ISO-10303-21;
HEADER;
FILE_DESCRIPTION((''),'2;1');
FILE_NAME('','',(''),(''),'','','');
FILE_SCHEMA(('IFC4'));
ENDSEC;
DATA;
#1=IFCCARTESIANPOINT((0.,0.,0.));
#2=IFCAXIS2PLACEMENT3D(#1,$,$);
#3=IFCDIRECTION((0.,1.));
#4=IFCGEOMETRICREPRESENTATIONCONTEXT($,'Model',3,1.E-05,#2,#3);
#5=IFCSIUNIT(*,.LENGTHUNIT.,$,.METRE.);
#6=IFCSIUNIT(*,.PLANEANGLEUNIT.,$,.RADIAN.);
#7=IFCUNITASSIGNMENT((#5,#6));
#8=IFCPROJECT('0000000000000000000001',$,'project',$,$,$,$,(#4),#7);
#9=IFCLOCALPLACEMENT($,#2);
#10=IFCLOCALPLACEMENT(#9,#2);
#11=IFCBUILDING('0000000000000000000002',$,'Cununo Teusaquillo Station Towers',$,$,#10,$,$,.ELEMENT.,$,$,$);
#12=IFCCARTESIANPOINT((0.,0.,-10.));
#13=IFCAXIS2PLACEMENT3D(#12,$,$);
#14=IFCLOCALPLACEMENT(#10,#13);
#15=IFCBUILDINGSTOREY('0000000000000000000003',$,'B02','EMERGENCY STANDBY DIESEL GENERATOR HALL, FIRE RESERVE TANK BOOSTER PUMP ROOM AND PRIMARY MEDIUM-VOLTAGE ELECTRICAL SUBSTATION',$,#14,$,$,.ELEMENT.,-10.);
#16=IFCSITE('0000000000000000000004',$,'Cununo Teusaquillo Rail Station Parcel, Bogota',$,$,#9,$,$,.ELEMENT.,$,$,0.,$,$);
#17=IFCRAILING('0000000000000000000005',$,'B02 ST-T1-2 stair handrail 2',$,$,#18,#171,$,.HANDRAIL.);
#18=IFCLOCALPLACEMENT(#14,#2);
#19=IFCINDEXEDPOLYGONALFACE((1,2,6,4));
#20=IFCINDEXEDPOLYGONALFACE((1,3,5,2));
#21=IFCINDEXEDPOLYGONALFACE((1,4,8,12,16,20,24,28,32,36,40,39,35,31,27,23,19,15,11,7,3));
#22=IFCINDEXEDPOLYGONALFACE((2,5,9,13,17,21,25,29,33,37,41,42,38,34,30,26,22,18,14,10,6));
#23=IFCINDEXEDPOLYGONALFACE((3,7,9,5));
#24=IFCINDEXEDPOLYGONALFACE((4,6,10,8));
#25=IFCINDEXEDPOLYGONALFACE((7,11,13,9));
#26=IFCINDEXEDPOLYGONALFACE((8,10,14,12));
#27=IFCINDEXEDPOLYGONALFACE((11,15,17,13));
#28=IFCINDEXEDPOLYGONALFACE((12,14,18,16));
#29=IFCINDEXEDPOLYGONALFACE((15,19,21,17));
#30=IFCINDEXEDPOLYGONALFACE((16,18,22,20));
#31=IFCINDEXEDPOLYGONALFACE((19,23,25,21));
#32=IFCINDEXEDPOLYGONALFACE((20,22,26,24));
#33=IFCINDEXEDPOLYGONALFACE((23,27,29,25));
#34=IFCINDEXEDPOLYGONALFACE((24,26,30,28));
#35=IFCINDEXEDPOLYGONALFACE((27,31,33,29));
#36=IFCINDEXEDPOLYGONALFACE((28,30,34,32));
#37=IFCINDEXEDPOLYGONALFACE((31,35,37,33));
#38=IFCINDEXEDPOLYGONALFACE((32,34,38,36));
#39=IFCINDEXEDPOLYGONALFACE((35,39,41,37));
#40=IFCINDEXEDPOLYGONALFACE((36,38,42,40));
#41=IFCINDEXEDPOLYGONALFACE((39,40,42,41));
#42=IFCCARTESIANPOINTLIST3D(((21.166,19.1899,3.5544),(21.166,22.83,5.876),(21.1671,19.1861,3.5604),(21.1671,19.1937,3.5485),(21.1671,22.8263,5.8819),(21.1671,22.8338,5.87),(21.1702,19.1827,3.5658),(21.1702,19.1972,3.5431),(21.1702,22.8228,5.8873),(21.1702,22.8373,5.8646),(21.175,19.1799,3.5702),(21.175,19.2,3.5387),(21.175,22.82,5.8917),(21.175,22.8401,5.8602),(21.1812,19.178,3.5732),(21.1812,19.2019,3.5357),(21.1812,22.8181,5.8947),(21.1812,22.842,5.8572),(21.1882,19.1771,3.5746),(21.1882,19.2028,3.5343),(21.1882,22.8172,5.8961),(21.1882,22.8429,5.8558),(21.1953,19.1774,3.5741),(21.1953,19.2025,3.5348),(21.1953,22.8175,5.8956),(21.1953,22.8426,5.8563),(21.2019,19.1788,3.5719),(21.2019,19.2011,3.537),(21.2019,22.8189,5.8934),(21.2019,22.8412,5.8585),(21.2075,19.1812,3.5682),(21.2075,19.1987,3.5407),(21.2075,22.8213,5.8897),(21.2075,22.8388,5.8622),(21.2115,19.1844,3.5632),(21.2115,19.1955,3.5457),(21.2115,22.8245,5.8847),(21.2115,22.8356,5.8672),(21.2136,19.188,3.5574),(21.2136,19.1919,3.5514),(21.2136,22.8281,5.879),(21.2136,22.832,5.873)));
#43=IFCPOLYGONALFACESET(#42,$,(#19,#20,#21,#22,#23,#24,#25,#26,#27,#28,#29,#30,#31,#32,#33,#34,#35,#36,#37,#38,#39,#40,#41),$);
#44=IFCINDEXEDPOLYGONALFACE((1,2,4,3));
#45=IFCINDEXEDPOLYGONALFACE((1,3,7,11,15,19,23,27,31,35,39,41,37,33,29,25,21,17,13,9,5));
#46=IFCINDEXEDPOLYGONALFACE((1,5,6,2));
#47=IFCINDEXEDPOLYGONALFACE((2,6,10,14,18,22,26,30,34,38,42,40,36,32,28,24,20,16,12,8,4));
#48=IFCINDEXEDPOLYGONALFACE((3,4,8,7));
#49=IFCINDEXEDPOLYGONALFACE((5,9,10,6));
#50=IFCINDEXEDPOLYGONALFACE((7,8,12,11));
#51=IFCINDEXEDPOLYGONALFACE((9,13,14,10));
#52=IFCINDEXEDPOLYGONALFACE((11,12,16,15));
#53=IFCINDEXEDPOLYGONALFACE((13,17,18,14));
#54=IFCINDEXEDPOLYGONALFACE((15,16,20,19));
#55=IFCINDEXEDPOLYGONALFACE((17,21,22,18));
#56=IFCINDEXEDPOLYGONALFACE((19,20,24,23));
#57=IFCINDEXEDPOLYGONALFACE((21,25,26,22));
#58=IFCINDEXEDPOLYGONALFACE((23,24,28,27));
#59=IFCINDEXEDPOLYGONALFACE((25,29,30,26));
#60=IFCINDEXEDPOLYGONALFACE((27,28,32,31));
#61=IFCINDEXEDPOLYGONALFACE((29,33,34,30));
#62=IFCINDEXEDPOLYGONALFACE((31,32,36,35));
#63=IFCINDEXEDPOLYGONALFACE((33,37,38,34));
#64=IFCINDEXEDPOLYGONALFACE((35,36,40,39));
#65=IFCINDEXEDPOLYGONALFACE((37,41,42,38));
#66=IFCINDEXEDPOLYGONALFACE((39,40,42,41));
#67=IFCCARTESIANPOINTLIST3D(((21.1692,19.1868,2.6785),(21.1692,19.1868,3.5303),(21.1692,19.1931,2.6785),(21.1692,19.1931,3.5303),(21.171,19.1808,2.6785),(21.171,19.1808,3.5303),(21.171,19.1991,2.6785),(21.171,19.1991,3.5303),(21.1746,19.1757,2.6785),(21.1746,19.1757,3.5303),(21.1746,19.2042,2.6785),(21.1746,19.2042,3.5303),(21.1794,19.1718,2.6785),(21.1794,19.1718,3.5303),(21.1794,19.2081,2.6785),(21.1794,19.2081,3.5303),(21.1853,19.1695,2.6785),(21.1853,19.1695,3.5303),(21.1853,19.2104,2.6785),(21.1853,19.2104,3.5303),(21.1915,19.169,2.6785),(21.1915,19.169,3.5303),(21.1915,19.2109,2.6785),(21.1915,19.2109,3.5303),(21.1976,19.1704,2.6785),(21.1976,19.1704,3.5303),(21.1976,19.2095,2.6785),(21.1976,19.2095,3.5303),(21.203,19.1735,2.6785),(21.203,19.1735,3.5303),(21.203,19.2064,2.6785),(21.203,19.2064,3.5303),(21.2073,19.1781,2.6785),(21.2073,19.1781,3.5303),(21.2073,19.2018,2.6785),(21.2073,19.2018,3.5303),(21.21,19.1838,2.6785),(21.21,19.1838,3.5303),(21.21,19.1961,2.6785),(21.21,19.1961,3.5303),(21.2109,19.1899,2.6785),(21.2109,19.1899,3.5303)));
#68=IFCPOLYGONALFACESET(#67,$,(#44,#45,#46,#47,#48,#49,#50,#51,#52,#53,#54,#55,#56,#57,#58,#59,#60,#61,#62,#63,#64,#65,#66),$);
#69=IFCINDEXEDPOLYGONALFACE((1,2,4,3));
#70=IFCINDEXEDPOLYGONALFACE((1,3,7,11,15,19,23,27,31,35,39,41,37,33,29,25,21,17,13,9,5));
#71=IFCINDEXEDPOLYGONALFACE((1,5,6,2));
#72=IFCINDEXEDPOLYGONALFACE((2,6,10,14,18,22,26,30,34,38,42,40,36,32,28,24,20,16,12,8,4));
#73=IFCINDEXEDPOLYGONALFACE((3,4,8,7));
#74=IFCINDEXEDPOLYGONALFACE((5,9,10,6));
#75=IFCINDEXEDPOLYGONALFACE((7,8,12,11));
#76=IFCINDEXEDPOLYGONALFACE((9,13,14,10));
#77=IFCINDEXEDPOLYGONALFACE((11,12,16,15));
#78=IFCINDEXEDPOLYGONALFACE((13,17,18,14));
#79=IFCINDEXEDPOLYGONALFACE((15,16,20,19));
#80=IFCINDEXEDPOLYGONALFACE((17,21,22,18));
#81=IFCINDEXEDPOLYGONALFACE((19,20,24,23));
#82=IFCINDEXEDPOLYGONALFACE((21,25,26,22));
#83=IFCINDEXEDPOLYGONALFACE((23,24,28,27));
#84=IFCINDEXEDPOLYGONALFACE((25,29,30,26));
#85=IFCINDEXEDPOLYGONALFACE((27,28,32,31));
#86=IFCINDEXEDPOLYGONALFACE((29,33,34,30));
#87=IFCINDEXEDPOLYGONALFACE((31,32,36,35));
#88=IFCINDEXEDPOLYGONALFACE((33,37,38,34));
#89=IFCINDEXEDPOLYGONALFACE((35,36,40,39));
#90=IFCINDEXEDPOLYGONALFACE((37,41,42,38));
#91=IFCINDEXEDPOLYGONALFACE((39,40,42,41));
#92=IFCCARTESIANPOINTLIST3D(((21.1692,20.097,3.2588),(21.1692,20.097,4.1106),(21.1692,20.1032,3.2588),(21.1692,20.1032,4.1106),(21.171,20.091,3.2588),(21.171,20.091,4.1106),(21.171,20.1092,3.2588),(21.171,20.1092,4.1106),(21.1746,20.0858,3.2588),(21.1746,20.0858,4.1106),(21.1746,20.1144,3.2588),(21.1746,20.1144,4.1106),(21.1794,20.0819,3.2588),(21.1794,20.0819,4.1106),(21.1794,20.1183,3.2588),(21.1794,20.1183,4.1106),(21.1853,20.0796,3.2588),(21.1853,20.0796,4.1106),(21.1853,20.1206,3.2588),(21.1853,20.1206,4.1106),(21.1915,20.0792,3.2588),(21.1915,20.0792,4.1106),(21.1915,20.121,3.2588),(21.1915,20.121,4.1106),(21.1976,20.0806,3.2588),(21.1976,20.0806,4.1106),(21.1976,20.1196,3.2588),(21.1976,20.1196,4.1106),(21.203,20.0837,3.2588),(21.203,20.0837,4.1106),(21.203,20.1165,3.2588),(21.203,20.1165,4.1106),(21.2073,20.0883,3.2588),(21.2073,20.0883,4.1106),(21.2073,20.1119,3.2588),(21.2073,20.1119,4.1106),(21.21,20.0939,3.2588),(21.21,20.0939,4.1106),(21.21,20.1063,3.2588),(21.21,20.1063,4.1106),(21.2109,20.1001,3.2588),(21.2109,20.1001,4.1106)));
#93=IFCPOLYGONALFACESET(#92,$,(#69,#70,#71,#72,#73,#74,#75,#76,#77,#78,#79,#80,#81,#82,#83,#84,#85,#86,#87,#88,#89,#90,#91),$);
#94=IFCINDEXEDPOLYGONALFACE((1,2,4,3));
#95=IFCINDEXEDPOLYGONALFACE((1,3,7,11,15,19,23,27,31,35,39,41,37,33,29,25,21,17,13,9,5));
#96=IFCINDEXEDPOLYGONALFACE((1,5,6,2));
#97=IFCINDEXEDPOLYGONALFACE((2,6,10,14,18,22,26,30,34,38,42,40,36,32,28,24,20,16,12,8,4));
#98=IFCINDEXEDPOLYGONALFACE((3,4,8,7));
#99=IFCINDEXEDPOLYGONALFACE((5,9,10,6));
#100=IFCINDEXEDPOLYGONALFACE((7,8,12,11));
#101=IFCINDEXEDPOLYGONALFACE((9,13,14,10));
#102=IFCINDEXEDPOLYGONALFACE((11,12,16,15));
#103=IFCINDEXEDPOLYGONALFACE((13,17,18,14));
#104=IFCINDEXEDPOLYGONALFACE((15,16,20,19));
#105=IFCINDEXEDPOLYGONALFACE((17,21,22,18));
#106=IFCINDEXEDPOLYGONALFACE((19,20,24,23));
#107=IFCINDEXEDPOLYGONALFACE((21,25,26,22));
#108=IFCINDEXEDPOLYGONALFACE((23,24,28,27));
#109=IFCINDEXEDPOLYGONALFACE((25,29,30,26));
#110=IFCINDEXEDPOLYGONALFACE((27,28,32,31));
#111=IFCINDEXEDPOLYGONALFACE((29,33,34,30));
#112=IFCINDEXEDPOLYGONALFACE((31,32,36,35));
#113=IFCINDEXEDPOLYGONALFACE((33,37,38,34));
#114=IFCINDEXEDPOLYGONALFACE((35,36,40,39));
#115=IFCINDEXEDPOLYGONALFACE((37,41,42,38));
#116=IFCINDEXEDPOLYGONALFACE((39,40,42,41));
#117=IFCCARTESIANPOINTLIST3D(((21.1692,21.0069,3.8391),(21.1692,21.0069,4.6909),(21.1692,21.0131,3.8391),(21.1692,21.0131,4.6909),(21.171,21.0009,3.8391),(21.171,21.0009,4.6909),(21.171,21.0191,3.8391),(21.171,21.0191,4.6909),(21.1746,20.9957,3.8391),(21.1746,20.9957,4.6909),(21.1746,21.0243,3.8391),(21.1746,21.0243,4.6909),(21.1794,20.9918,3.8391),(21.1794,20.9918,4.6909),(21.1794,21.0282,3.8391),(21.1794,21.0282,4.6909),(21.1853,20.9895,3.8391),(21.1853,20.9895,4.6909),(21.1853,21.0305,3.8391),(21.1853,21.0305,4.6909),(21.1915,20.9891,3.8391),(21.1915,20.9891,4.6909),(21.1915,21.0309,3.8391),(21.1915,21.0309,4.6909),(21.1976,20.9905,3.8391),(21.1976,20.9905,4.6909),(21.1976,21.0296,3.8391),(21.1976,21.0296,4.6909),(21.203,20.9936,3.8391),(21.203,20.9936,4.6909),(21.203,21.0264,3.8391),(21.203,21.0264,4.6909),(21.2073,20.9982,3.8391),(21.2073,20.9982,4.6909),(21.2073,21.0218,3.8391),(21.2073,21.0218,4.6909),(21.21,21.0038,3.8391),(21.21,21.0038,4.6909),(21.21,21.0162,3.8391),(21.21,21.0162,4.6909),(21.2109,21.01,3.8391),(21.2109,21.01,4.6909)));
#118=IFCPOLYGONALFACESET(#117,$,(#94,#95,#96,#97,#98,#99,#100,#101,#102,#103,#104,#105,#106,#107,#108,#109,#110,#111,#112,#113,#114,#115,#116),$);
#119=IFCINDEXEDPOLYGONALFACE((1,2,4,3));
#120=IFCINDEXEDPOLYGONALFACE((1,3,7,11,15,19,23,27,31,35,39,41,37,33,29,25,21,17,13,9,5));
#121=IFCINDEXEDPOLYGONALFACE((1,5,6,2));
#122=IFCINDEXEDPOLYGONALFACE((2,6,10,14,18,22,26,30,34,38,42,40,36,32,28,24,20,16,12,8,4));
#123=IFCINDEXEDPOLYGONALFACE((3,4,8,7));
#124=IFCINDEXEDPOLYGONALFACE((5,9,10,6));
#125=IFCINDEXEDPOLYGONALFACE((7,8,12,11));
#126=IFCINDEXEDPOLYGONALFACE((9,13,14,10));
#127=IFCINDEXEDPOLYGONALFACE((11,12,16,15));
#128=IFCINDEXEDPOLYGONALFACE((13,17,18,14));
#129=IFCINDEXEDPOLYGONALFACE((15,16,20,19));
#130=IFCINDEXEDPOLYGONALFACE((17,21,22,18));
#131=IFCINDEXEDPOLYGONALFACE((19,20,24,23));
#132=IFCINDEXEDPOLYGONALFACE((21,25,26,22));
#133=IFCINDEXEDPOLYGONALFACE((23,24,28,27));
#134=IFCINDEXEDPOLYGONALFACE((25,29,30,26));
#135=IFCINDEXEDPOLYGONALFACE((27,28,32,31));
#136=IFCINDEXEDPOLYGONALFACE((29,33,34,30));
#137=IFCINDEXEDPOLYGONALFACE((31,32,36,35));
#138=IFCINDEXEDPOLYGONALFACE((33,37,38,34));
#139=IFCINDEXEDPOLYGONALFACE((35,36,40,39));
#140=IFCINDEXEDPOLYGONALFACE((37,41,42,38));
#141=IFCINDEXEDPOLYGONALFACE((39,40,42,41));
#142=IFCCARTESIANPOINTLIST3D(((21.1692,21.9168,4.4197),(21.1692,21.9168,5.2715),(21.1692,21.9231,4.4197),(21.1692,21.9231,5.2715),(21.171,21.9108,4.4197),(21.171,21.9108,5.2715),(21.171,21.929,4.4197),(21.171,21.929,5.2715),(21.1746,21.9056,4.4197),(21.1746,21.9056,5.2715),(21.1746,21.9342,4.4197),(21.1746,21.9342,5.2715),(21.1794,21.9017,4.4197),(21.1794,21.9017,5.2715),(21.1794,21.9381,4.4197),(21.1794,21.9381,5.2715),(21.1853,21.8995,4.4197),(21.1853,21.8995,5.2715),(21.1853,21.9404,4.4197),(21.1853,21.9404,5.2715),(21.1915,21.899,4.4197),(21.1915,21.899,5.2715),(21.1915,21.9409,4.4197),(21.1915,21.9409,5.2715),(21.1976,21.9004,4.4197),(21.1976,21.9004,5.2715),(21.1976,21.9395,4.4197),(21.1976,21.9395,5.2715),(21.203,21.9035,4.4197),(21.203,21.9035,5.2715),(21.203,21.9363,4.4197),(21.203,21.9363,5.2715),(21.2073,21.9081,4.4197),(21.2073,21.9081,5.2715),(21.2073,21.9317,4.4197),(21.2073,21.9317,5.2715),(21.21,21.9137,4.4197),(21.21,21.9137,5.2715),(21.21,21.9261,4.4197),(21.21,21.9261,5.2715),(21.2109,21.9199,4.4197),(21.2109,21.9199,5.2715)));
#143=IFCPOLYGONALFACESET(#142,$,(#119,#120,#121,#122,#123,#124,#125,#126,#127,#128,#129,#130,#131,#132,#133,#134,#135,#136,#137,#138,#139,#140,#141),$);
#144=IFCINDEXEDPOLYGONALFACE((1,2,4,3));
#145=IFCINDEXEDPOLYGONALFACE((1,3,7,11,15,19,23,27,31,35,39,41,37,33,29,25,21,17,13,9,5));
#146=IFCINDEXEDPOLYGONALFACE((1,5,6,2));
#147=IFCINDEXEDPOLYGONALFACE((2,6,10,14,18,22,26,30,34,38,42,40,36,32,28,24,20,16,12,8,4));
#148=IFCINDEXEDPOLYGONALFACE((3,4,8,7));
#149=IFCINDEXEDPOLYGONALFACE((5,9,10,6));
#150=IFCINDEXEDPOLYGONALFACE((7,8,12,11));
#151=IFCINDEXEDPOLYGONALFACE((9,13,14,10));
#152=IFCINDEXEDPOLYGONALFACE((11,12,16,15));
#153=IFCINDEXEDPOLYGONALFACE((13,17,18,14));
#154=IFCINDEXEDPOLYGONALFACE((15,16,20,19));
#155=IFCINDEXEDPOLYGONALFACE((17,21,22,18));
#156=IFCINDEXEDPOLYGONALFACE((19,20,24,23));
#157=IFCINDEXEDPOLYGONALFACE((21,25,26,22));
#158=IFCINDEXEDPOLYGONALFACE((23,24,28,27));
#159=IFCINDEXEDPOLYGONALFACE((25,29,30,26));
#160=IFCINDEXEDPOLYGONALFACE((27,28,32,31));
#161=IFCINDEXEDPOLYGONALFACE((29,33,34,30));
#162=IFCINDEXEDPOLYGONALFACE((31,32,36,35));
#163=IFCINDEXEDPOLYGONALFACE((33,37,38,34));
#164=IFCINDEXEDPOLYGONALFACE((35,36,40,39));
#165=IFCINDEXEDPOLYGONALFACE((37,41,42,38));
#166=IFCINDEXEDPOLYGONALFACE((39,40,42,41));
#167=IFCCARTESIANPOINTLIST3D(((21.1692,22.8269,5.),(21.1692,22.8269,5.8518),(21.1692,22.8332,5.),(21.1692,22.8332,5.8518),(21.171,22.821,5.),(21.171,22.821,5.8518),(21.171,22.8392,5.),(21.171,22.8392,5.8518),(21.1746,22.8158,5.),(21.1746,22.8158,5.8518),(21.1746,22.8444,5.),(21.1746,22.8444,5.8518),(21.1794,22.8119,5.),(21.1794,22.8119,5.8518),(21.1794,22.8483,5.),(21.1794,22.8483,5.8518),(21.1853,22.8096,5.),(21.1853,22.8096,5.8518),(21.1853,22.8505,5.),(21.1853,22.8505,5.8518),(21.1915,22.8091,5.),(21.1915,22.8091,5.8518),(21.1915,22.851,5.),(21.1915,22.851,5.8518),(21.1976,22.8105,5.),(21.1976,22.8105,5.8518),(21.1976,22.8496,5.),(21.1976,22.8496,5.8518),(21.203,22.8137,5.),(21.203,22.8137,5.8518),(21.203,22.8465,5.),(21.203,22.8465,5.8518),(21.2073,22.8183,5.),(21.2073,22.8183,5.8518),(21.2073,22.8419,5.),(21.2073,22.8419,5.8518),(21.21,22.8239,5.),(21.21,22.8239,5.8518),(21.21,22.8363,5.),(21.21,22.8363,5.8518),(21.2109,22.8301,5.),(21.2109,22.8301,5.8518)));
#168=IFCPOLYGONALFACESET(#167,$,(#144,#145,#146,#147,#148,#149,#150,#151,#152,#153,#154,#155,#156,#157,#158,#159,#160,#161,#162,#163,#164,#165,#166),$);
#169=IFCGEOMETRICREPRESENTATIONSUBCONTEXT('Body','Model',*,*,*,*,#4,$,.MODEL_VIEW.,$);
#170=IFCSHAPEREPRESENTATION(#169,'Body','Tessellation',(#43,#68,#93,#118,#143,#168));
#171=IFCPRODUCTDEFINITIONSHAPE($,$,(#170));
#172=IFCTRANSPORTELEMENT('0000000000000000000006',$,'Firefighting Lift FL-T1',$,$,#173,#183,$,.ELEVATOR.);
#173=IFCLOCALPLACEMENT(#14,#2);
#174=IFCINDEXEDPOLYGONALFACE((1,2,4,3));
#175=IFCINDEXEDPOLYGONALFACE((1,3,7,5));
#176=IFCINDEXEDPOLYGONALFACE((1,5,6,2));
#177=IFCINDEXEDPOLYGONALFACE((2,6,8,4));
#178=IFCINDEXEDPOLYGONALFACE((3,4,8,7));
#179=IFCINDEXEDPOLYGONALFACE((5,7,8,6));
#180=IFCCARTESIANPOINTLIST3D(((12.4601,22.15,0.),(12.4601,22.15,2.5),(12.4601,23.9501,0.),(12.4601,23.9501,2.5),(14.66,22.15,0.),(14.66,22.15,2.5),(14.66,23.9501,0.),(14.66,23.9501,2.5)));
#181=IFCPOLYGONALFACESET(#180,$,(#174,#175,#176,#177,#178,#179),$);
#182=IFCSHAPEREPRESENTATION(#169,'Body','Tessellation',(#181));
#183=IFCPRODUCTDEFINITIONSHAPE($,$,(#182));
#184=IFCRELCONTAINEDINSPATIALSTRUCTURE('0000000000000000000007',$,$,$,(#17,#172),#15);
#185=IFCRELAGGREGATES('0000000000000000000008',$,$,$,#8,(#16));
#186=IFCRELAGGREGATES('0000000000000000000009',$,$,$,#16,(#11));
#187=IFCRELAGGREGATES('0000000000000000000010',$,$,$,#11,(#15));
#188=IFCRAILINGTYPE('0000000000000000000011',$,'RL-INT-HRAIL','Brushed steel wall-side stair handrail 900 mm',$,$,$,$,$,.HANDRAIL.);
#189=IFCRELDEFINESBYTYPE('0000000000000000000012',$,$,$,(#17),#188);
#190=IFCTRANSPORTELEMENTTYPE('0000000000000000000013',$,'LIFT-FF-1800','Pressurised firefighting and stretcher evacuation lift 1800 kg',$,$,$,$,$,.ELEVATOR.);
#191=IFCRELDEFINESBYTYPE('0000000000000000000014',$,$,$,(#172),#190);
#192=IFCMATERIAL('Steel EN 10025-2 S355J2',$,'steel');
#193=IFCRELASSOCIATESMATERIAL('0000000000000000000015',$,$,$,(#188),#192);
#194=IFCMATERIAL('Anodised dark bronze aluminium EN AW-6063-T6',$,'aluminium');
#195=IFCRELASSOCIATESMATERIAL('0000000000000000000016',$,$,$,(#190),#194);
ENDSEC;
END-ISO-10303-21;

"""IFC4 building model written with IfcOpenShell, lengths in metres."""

from ifc_helpers import new_model, si_unit, direction, frame, origin, origin_2d, place, context, subcontext, project, spatial, rectangle, circle, extrude, source, transform, mapped, material, type_object, element, save


model = new_model("IFC4")

# Units and contexts
model_context = context("Model", 3, precision=1e-05, world=origin(), true_north=direction((0.0, 1.0)))
body_context = subcontext(model_context, "Body", "Model", "MODEL_VIEW")
ifc_project = project(units=[si_unit("LENGTHUNIT", "METRE"), si_unit("PLANEANGLEUNIT", "RADIAN")], contexts=[model_context])

# Site, building, storey
site_placement = place(None, origin())
site = spatial("IfcSite", under=ifc_project, at=site_placement, Name="Cununo Teusaquillo Rail Station Parcel, Bogota", CompositionType="ELEMENT", RefElevation=0.0)
building_placement = place(site_placement, origin())
building = spatial("IfcBuilding", under=site, at=building_placement, Name="Cununo Teusaquillo Station Towers", CompositionType="ELEMENT")
storey_placement = place(building_placement, frame((0.0, 0.0, -10.0)))
storey = spatial("IfcBuildingStorey", under=building, at=storey_placement, Name="B02", Description="EMERGENCY STANDBY DIESEL GENERATOR HALL, FIRE RESERVE TANK BOOSTER PUMP ROOM AND PRIMARY MEDIUM-VOLTAGE ELECTRICAL SUBSTATION", CompositionType="ELEMENT", Elevation=-10.0)

# Railing
ifc_material_1 = material(Name="Steel EN 10025-2 S355J2", Category="steel")
railing_type_1 = type_object("IfcRailingType", Name="RL-INT-HRAIL", Description="Brushed steel wall-side stair handrail 900 mm", PredefinedType="HANDRAIL", material=ifc_material_1)
railing_1_placement = place(storey_placement, frame((21.1899, 19.1899, 2.6785)))
element("IfcRailing", 1, at=railing_1_placement, inside=storey, type_object=railing_type_1, Name="B02 ST-T1-2 stair handrail 2", PredefinedType="HANDRAIL", context=body_context, shape_type="SweptSolid", body=[
    extrude(circle(Radius=0.0239, at=origin_2d()), frame((0.0, 0.0, 0.876), z_axis=(0.0, 0.843128, 0.537713), x_axis=(-1.0, 0.0, 0.0)), (0.0, 0.0, 1.0), 4.3174),
    extrude(circle(Radius=0.021, at=origin_2d()), origin(), (0.0, 0.0, 1.0), 0.8518),
    extrude(circle(Radius=0.021, at=origin_2d()), frame((0.0, 0.9102, 0.5803)), (0.0, 0.0, 1.0), 0.8518),
    extrude(circle(Radius=0.021, at=origin_2d()), frame((0.0, 1.8201, 1.1606)), (0.0, 0.0, 1.0), 0.8518),
    extrude(circle(Radius=0.021, at=origin_2d()), frame((0.0, 2.73, 1.7412)), (0.0, 0.0, 1.0), 0.8518),
    extrude(circle(Radius=0.021, at=origin_2d()), frame((0.0, 3.6401, 2.3215)), (0.0, 0.0, 1.0), 0.8518),
])

# Transport element
ifc_material_2 = material(Name="Anodised dark bronze aluminium EN AW-6063-T6", Category="aluminium")
transport_element_type = type_object("IfcTransportElementType", Name="LIFT-FF-1800", Description="Pressurised firefighting and stretcher evacuation lift 1800 kg", PredefinedType="ELEVATOR", material=ifc_material_2)
shared_shape_1 = source(origin(), body_context, "Body", "SweptSolid", [
    extrude(rectangle(XDim=2.2, YDim=1.8, at=origin_2d()), origin(), (0.0, 0.0, 1.0), 2.5),
])
transport_element_placement = place(storey_placement, frame((13.5601, 23.05, 0.0), z_axis=(0.0, 0.0, 1.0), x_axis=(1.0, 0.0, 0.0)))
element("IfcTransportElement", 2, at=transport_element_placement, inside=storey, type_object=transport_element_type, Name="Firefighting Lift FL-T1", PredefinedType="ELEVATOR", context=body_context, shape_type="MappedRepresentation", body=[
    mapped(shared_shape_1, transform((0.0, 0.0, 0.0), x_axis=(1.0, 0.0, 0.0), y_axis=(0.0, 1.0, 0.0), z_axis=(0.0, 0.0, 1.0), scale=1.0)),
])

save(model, "model.ifc")
